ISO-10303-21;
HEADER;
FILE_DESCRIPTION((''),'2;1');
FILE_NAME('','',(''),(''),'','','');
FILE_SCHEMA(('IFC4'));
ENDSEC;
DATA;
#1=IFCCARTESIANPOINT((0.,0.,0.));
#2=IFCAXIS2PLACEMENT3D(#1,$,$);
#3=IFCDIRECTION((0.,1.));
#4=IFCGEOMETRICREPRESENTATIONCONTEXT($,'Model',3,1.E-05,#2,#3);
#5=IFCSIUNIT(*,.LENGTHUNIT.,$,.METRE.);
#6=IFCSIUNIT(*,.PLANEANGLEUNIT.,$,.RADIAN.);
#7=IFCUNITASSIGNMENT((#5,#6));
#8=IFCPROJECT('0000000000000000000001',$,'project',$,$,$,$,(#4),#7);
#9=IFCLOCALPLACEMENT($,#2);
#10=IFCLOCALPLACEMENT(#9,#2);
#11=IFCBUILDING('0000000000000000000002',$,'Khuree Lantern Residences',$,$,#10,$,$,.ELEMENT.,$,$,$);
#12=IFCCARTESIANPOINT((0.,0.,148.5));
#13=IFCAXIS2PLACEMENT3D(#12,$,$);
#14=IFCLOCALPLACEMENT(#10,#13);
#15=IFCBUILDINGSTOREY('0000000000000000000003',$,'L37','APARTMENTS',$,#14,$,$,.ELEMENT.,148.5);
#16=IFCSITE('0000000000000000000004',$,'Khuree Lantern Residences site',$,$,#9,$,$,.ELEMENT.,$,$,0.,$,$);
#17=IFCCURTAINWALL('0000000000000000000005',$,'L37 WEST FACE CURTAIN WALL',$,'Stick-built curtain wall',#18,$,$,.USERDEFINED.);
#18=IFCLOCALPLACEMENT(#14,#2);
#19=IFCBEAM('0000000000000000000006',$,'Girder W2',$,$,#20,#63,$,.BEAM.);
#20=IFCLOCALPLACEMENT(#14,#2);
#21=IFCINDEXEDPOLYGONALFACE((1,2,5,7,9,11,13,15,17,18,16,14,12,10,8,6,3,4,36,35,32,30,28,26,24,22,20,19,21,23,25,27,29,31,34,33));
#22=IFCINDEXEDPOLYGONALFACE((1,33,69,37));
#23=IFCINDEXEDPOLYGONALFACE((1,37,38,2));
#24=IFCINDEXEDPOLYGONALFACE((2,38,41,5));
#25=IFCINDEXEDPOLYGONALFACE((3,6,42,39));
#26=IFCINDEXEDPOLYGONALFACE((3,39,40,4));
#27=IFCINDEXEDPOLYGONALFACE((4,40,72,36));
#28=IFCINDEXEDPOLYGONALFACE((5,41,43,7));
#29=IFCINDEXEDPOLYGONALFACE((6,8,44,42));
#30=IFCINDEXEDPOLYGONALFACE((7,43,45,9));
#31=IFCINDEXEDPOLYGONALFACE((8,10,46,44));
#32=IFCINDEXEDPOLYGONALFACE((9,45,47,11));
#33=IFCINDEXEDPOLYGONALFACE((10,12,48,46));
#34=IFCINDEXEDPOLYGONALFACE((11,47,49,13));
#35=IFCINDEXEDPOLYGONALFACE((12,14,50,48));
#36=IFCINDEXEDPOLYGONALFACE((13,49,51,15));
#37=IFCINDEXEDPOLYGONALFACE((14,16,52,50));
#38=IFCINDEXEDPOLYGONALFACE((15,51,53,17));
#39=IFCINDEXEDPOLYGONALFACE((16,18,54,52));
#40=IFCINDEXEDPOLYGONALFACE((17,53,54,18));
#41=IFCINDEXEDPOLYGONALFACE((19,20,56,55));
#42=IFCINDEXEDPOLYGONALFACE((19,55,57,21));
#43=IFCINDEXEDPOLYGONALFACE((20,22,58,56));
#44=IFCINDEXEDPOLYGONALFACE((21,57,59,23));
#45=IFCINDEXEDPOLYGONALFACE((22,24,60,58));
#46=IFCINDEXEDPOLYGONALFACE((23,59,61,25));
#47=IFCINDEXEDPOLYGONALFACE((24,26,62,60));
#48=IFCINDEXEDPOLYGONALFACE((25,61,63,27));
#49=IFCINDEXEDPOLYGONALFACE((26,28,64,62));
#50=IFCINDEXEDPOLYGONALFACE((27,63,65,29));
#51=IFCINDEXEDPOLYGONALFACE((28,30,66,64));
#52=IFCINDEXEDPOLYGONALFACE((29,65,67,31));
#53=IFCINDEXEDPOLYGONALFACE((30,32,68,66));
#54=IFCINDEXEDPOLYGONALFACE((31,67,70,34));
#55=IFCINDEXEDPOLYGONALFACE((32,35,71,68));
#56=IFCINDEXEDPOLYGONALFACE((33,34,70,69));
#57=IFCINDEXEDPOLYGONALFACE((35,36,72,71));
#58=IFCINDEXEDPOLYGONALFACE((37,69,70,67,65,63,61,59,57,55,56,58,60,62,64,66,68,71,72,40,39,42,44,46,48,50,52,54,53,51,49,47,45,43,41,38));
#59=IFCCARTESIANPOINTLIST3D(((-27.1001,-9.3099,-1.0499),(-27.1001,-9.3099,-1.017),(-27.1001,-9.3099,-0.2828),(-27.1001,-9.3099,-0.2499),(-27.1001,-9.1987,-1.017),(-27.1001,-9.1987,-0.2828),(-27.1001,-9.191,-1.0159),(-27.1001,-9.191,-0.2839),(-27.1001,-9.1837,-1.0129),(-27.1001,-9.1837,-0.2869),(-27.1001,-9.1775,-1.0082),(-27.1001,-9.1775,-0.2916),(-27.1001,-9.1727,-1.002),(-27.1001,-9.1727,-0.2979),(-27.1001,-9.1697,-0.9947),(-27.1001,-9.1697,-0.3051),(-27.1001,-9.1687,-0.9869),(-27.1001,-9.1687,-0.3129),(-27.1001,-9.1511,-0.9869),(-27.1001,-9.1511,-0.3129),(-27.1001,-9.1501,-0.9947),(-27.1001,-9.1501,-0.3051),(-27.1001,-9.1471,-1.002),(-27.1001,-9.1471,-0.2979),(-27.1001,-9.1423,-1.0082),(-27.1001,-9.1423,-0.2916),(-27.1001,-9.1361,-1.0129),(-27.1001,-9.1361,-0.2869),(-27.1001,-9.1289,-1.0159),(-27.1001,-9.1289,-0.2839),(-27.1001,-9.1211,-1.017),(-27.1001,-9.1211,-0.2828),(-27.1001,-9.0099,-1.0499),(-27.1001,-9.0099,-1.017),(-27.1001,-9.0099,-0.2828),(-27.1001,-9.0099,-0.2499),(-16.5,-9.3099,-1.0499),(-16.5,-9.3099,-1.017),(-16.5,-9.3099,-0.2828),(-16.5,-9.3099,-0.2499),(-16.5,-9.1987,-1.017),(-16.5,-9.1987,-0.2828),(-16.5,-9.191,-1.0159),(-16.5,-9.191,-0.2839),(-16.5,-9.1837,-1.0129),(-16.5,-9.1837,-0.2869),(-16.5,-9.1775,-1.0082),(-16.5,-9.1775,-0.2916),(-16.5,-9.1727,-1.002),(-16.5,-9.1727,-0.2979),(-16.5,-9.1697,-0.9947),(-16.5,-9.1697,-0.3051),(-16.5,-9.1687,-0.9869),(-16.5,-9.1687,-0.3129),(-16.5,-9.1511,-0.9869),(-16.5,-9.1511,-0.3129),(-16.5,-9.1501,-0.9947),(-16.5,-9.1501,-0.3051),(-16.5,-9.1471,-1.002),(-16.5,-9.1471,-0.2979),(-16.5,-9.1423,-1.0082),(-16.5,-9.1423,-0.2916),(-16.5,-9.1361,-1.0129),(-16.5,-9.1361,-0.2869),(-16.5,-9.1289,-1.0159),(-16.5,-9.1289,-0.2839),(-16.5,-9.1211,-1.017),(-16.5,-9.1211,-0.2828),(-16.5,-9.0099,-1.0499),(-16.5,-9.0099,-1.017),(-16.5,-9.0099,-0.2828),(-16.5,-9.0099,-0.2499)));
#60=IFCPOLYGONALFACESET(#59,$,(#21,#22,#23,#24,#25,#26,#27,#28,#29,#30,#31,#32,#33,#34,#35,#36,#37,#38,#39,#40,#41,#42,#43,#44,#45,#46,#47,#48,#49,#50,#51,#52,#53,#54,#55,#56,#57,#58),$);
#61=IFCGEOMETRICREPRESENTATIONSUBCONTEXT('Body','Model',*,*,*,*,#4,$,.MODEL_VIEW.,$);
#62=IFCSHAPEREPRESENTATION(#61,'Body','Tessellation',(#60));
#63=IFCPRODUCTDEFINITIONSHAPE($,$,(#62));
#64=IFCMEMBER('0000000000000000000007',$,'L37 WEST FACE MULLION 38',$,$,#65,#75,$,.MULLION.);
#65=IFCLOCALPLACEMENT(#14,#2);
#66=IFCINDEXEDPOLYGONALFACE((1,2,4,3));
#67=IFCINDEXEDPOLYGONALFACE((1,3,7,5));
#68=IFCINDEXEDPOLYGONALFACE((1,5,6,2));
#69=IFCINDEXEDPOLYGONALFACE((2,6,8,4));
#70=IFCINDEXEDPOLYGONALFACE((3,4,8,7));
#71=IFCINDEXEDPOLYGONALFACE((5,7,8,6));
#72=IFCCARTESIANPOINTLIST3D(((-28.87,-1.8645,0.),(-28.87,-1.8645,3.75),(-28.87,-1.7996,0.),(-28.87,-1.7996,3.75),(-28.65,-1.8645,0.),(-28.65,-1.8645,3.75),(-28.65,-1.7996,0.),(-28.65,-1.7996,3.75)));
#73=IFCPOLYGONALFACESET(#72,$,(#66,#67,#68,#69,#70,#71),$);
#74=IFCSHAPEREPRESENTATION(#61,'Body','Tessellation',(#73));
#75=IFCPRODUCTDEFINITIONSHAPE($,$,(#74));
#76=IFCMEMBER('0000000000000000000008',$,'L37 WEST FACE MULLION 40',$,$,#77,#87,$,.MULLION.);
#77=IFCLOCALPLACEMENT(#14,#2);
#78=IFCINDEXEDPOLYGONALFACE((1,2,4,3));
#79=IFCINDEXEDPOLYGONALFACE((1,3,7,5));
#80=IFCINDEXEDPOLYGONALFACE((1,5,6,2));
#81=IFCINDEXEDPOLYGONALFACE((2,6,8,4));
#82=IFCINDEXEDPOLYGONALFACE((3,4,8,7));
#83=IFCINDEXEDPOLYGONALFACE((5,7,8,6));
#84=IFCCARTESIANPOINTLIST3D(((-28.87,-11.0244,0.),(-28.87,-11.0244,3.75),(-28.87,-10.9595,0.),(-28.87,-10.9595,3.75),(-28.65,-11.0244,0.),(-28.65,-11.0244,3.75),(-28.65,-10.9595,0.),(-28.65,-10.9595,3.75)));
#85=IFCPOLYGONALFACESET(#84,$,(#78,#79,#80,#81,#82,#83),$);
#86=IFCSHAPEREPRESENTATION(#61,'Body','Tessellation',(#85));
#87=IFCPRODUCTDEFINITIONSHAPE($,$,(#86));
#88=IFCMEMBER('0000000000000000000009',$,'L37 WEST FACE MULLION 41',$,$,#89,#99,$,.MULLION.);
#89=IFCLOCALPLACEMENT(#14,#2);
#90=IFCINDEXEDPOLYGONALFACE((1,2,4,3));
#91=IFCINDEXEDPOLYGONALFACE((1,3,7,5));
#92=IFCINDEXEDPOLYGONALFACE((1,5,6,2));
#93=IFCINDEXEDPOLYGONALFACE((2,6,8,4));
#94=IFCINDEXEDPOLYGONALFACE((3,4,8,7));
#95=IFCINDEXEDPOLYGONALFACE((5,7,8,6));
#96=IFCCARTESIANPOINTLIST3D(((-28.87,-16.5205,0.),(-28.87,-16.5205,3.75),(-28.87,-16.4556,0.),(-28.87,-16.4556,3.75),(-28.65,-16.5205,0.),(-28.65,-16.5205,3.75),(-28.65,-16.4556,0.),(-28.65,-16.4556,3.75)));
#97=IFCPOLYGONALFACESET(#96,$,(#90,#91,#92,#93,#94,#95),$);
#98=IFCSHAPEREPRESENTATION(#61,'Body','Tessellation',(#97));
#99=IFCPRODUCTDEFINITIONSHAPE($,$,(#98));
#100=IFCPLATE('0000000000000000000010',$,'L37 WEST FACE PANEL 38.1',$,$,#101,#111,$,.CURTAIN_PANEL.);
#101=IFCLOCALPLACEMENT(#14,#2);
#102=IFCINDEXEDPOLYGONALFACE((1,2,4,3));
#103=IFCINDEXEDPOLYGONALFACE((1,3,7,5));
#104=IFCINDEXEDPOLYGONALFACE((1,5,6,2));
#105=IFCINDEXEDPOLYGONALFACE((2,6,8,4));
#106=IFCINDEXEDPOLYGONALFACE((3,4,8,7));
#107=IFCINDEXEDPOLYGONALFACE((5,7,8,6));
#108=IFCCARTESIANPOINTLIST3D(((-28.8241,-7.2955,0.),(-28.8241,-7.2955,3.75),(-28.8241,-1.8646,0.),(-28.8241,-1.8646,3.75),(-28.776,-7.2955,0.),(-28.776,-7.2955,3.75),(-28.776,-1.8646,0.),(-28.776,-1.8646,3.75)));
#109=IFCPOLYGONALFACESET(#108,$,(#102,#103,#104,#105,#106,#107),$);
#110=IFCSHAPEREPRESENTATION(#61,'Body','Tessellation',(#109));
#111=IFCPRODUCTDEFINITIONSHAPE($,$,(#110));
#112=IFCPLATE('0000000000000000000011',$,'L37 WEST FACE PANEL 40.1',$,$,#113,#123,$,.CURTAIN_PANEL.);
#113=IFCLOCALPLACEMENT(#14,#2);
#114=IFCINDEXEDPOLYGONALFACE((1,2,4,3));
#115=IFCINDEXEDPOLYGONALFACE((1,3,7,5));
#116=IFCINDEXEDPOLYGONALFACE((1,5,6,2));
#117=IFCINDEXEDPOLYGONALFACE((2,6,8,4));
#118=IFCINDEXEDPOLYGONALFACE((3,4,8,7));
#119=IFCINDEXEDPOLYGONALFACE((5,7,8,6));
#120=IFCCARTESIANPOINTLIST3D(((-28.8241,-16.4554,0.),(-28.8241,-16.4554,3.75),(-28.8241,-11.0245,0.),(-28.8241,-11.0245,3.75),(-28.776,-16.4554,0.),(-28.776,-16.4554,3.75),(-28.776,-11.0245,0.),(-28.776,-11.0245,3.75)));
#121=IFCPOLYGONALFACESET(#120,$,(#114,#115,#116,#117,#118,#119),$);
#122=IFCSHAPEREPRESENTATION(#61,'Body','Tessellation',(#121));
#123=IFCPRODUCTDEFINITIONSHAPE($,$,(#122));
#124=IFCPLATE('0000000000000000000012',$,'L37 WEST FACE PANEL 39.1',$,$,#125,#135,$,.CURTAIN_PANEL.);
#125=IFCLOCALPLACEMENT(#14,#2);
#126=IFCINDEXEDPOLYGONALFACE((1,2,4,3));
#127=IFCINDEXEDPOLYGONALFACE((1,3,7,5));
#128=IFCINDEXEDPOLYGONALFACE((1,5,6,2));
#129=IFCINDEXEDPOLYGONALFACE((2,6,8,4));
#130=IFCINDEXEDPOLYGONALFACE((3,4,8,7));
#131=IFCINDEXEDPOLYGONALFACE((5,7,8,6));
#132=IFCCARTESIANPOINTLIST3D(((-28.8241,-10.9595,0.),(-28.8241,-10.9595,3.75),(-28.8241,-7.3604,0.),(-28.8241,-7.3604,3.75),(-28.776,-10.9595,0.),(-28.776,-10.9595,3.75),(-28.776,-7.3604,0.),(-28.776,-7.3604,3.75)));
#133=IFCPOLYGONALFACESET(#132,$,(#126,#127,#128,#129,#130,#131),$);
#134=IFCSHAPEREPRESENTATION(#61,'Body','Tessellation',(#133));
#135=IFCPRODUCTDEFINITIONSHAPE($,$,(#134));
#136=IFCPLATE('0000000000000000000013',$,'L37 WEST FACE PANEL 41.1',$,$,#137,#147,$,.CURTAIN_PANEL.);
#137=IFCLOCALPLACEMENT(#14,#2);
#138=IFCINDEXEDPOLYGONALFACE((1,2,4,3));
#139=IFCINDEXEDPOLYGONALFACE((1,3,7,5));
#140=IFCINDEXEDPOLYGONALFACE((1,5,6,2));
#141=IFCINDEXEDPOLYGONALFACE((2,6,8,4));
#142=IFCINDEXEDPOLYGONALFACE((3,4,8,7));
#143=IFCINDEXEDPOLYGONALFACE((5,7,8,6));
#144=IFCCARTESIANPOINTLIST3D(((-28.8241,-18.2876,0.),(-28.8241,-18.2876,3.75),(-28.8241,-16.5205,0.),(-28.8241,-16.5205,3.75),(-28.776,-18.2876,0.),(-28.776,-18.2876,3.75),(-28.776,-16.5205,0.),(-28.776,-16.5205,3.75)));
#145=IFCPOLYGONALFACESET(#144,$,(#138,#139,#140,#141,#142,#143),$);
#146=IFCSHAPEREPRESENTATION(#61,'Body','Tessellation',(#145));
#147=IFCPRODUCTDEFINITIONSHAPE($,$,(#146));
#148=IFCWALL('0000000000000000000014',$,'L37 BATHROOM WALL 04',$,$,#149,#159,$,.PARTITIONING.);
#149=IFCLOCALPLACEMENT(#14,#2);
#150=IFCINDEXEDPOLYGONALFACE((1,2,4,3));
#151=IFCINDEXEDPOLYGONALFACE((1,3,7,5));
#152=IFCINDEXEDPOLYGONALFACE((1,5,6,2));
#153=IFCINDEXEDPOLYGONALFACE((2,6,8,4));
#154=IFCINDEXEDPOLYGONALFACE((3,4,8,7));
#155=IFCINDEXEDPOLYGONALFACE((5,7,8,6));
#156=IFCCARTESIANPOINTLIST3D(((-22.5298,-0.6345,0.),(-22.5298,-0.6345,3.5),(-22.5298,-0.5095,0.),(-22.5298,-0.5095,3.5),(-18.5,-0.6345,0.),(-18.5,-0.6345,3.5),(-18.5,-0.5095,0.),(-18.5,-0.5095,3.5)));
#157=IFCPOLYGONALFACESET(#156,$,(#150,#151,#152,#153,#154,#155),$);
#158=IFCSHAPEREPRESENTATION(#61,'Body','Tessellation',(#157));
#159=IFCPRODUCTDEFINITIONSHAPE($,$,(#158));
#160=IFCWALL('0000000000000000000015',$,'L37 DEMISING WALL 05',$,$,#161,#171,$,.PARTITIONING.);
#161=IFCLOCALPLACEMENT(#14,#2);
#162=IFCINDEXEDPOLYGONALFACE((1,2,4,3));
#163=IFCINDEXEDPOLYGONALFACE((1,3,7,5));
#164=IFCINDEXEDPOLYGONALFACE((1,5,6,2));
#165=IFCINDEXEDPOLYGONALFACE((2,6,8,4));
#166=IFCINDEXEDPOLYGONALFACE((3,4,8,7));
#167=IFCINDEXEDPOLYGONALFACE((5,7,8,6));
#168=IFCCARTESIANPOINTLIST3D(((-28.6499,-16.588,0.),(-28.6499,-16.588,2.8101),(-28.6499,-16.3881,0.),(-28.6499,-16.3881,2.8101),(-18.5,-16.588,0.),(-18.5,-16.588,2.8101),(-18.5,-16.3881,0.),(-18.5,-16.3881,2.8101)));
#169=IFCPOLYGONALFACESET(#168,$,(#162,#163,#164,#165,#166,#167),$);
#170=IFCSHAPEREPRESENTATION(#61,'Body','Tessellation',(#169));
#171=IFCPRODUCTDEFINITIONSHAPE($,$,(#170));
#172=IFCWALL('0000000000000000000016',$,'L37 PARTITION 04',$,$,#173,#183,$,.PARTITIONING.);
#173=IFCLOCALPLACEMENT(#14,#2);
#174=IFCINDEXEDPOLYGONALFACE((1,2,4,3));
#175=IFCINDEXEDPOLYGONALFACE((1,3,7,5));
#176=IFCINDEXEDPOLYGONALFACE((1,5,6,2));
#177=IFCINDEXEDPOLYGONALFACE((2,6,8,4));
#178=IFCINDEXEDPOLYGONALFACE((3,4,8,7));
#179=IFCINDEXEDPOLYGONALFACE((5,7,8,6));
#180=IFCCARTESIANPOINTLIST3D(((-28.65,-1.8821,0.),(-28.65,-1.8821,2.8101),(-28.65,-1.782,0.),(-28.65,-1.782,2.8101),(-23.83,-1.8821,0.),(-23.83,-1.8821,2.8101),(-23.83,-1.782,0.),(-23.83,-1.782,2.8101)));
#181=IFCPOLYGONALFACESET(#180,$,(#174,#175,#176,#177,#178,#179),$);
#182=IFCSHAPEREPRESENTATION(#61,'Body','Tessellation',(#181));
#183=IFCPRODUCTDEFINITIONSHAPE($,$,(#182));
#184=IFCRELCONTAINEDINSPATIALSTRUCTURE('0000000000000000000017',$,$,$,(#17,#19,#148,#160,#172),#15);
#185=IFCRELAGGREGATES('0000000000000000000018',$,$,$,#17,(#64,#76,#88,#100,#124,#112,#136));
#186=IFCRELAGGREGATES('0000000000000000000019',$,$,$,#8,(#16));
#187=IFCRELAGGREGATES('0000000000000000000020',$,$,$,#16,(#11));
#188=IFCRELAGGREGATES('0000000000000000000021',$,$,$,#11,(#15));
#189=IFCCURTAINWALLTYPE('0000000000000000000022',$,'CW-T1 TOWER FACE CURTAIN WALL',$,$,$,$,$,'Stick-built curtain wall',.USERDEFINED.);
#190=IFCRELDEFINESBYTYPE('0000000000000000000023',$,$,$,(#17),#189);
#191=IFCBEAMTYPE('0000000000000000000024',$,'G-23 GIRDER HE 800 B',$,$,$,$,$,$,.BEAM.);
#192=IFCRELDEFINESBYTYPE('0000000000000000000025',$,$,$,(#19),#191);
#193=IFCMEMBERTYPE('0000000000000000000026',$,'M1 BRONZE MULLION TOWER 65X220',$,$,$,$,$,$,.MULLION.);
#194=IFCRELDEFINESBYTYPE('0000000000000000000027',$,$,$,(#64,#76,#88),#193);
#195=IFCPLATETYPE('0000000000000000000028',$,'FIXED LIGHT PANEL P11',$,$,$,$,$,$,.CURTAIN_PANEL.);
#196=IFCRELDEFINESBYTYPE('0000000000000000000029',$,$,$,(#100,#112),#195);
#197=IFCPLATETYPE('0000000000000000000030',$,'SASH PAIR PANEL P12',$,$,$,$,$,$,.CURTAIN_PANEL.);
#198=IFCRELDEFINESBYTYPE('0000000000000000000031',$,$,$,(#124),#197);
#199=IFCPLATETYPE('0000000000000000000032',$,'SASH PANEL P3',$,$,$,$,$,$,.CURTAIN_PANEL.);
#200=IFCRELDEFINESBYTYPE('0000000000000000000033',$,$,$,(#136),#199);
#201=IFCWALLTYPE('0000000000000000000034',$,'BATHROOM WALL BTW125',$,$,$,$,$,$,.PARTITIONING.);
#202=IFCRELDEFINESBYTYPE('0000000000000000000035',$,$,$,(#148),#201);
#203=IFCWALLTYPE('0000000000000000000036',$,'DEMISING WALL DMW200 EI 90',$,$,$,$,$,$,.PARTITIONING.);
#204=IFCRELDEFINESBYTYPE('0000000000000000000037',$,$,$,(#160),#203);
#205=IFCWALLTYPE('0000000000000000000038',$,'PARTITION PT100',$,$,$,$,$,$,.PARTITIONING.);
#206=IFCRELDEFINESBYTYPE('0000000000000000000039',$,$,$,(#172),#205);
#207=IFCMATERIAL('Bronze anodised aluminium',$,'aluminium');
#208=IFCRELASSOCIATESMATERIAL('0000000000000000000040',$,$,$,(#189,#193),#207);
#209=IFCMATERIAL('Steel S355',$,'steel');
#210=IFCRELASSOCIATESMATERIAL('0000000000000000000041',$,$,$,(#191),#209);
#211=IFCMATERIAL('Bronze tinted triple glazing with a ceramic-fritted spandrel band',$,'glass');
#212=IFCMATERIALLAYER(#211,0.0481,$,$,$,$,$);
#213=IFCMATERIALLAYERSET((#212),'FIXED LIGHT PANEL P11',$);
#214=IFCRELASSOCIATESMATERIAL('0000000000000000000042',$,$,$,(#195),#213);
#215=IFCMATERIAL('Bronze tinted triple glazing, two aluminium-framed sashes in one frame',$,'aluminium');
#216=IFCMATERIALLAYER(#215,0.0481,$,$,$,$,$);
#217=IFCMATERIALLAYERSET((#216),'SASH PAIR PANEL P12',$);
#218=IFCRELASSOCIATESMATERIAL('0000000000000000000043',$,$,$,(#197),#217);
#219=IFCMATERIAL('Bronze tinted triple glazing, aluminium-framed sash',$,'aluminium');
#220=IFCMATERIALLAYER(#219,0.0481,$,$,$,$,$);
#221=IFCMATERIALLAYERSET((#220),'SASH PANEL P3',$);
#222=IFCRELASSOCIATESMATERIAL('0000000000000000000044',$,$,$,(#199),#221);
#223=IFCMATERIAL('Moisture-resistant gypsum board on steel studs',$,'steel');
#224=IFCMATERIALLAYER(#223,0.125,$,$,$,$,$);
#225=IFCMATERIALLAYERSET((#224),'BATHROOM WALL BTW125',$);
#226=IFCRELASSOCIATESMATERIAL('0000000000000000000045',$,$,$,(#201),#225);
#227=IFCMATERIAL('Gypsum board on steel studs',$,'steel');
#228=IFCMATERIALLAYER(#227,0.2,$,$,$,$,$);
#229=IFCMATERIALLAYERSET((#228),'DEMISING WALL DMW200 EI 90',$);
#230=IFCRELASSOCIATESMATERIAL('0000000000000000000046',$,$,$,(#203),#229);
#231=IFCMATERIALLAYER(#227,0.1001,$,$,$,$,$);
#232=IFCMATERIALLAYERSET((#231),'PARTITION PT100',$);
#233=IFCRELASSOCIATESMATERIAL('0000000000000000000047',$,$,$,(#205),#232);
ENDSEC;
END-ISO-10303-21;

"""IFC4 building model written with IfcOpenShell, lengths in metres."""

from ifc_helpers import new_model, si_unit, direction, frame, frame_2d, origin, origin_2d, place, context, subcontext, project, spatial, rectangle, i_section, extrude, material, layer, layer_set, material_profile, profile_set, type_object, element, aggregate, save


model = new_model("IFC4")

# Units and contexts
model_context = context("Model", 3, precision=1e-05, world=origin(), true_north=direction((0.0, 1.0)))
body_context = subcontext(model_context, "Body", "Model", "MODEL_VIEW")
ifc_project = project(units=[si_unit("LENGTHUNIT", "METRE"), si_unit("PLANEANGLEUNIT", "RADIAN")], contexts=[model_context])

# Site, building, storey
site_placement = place(None, origin())
site = spatial("IfcSite", under=ifc_project, at=site_placement, Name="Khuree Lantern Residences site", CompositionType="ELEMENT", RefElevation=0.0)
building_placement = place(site_placement, origin())
building = spatial("IfcBuilding", under=site, at=building_placement, Name="Khuree Lantern Residences", CompositionType="ELEMENT")
storey_placement = place(building_placement, frame((0.0, 0.0, 148.5)))
storey = spatial("IfcBuildingStorey", under=building, at=storey_placement, Name="L37", Description="APARTMENTS", CompositionType="ELEMENT", Elevation=148.5)

# Shared definitions
ifc_material_1 = material(Name="Steel S355", Category="steel")

# Curtain wall
ifc_material_2 = material(Name="Bronze anodised aluminium", Category="aluminium")
curtain_wall_type = type_object("IfcCurtainWallType", Name="CW-T1 TOWER FACE CURTAIN WALL", ElementType="Stick-built curtain wall", PredefinedType="USERDEFINED", material=ifc_material_2)
curtain_wall_placement = place(storey_placement, origin())
curtain_wall = element("IfcCurtainWall", 1, at=curtain_wall_placement, inside=storey, type_object=curtain_wall_type, Name="L37 WEST FACE CURTAIN WALL", ObjectType="Stick-built curtain wall", PredefinedType="USERDEFINED")

# Beam
ifc_material_profile_1 = material_profile(ifc_material_1, i_section(OverallWidth=0.3, OverallDepth=0.8, WebThickness=0.0176, FlangeThickness=0.033, FilletRadius=0.03, at=origin_2d()), Name="HE 800 B")
ifc_profile_set_1 = profile_set([ifc_material_profile_1], Name="Steel S355")
beam_type_1 = type_object("IfcBeamType", Name="G-23 GIRDER HE 800 B", PredefinedType="BEAM", material=ifc_profile_set_1)
beam_1_placement = place(storey_placement, frame((-27.1001, -9.1599, -0.6499), z_axis=(1.0, 0.0, 0.0), x_axis=(0.0, 1.0, 0.0)))
element("IfcBeam", 2, at=beam_1_placement, inside=storey, type_object=beam_type_1, Name="Girder W2", PredefinedType="BEAM", context=body_context, shape_type="SweptSolid", body=[
    extrude(i_section(OverallWidth=0.3, OverallDepth=0.8, WebThickness=0.0176, FlangeThickness=0.033, FilletRadius=0.03, at=origin_2d()), origin(), (0.0, 0.0, 1.0), 10.6001),
])

# Members
ifc_material_profile_2 = material_profile(ifc_material_2, rectangle(XDim=0.0649, YDim=0.22, at=origin_2d()), Name="M1 65X220")
ifc_profile_set_2 = profile_set([ifc_material_profile_2], Name="Bronze anodised aluminium")
member_type_1 = type_object("IfcMemberType", Name="M1 BRONZE MULLION TOWER 65X220", PredefinedType="MULLION", material=ifc_profile_set_2)
member_1_placement = place(storey_placement, frame((-28.76, -1.832, 0.0), z_axis=(0.0, 0.0, 1.0), x_axis=(0.0, -1.0, 0.0)))
member_1 = element("IfcMember", 3, at=member_1_placement, type_object=member_type_1, Name="L37 WEST FACE MULLION 38", PredefinedType="MULLION", context=body_context, shape_type="SweptSolid", body=[
    extrude(rectangle(XDim=0.0649, YDim=0.22, at=origin_2d()), origin(), (0.0, 0.0, 1.0), 3.75),
])
member_2_placement = place(storey_placement, frame((-28.76, -10.9919, 0.0), z_axis=(0.0, 0.0, 1.0), x_axis=(0.0, -1.0, 0.0)))
member_2 = element("IfcMember", 4, at=member_2_placement, type_object=member_type_1, Name="L37 WEST FACE MULLION 40", PredefinedType="MULLION", context=body_context, shape_type="SweptSolid", body=[
    extrude(rectangle(XDim=0.0649, YDim=0.22, at=origin_2d()), origin(), (0.0, 0.0, 1.0), 3.75),
])
member_3_placement = place(storey_placement, frame((-28.76, -16.488, 0.0), z_axis=(0.0, 0.0, 1.0), x_axis=(0.0, -1.0, 0.0)))
member_3 = element("IfcMember", 5, at=member_3_placement, type_object=member_type_1, Name="L37 WEST FACE MULLION 41", PredefinedType="MULLION", context=body_context, shape_type="SweptSolid", body=[
    extrude(rectangle(XDim=0.0649, YDim=0.22, at=origin_2d()), origin(), (0.0, 0.0, 1.0), 3.75),
])

# Plates
ifc_material_3 = material(Name="Bronze tinted triple glazing with a ceramic-fritted spandrel band", Category="glass")
ifc_layer_1 = layer(ifc_material_3, 0.0481)
ifc_layer_set_1 = layer_set([ifc_layer_1], Name="FIXED LIGHT PANEL P11")
plate_type_1 = type_object("IfcPlateType", Name="FIXED LIGHT PANEL P11", PredefinedType="CURTAIN_PANEL", material=ifc_layer_set_1)
plate_1_placement = place(storey_placement, frame((-28.8, -4.5801, 0.0), z_axis=(0.0, 0.0, 1.0), x_axis=(0.0, -1.0, 0.0)))
plate_1 = element("IfcPlate", 6, at=plate_1_placement, type_object=plate_type_1, Name="L37 WEST FACE PANEL 38.1", PredefinedType="CURTAIN_PANEL", context=body_context, shape_type="SweptSolid", body=[
    extrude(rectangle(XDim=5.4309, YDim=0.0481, at=origin_2d()), origin(), (0.0, 0.0, 1.0), 3.75),
])
plate_2_placement = place(storey_placement, frame((-28.8, -13.74, 0.0), z_axis=(0.0, 0.0, 1.0), x_axis=(0.0, -1.0, 0.0)))
plate_2 = element("IfcPlate", 7, at=plate_2_placement, type_object=plate_type_1, Name="L37 WEST FACE PANEL 40.1", PredefinedType="CURTAIN_PANEL", context=body_context, shape_type="SweptSolid", body=[
    extrude(rectangle(XDim=5.4309, YDim=0.0481, at=origin_2d()), origin(), (0.0, 0.0, 1.0), 3.75),
])
ifc_material_4 = material(Name="Bronze tinted triple glazing, two aluminium-framed sashes in one frame", Category="aluminium")
ifc_layer_2 = layer(ifc_material_4, 0.0481)
ifc_layer_set_2 = layer_set([ifc_layer_2], Name="SASH PAIR PANEL P12")
plate_type_2 = type_object("IfcPlateType", Name="SASH PAIR PANEL P12", PredefinedType="CURTAIN_PANEL", material=ifc_layer_set_2)
plate_3_placement = place(storey_placement, frame((-28.8, -9.1599, 0.0), z_axis=(0.0, 0.0, 1.0), x_axis=(0.0, -1.0, 0.0)))
plate_3 = element("IfcPlate", 8, at=plate_3_placement, type_object=plate_type_2, Name="L37 WEST FACE PANEL 39.1", PredefinedType="CURTAIN_PANEL", context=body_context, shape_type="SweptSolid", body=[
    extrude(rectangle(XDim=3.5991, YDim=0.0481, at=origin_2d()), origin(), (0.0, 0.0, 1.0), 3.75),
])
ifc_material_5 = material(Name="Bronze tinted triple glazing, aluminium-framed sash", Category="aluminium")
ifc_layer_3 = layer(ifc_material_5, 0.0481)
ifc_layer_set_3 = layer_set([ifc_layer_3], Name="SASH PANEL P3")
plate_type_3 = type_object("IfcPlateType", Name="SASH PANEL P3", PredefinedType="CURTAIN_PANEL", material=ifc_layer_set_3)
plate_4_placement = place(storey_placement, frame((-28.8, -17.4041, 0.0), z_axis=(0.0, 0.0, 1.0), x_axis=(0.0, -1.0, 0.0)))
plate_4 = element("IfcPlate", 9, at=plate_4_placement, type_object=plate_type_3, Name="L37 WEST FACE PANEL 41.1", PredefinedType="CURTAIN_PANEL", context=body_context, shape_type="SweptSolid", body=[
    extrude(rectangle(XDim=1.7671, YDim=0.0481, at=origin_2d()), origin(), (0.0, 0.0, 1.0), 3.75),
])
aggregate(curtain_wall, [member_1, member_2, member_3, plate_1, plate_3, plate_2, plate_4])

# Walls
ifc_material_6 = material(Name="Moisture-resistant gypsum board on steel studs", Category="steel")
ifc_layer_4 = layer(ifc_material_6, 0.125)
ifc_layer_set_4 = layer_set([ifc_layer_4], Name="BATHROOM WALL BTW125")
wall_type_1 = type_object("IfcWallType", Name="BATHROOM WALL BTW125", PredefinedType="PARTITIONING", material=ifc_layer_set_4)
wall_1_placement = place(storey_placement, frame((-18.5, -0.572, 0.0), z_axis=(0.0, 0.0, 1.0), x_axis=(-1.0, 0.0, 0.0)))
element("IfcWall", 10, at=wall_1_placement, inside=storey, type_object=wall_type_1, Name="L37 BATHROOM WALL 04", PredefinedType="PARTITIONING", context=body_context, shape_type="SweptSolid", body=[
    extrude(rectangle(XDim=4.0298, YDim=0.125, at=frame_2d((2.0149, 0.0))), origin(), (0.0, 0.0, 1.0), 3.5),
])
ifc_material_7 = material(Name="Gypsum board on steel studs", Category="steel")
ifc_layer_5 = layer(ifc_material_7, 0.2)
ifc_layer_set_5 = layer_set([ifc_layer_5], Name="DEMISING WALL DMW200 EI 90")
wall_type_2 = type_object("IfcWallType", Name="DEMISING WALL DMW200 EI 90", PredefinedType="PARTITIONING", material=ifc_layer_set_5)
wall_2_placement = place(storey_placement, frame((-18.5, -16.488, 0.0), z_axis=(0.0, 0.0, 1.0), x_axis=(-1.0, 0.0, 0.0)))
element("IfcWall", 11, at=wall_2_placement, inside=storey, type_object=wall_type_2, Name="L37 DEMISING WALL 05", PredefinedType="PARTITIONING", context=body_context, shape_type="SweptSolid", body=[
    extrude(rectangle(XDim=10.1499, YDim=0.2, at=frame_2d((5.075, 0.0))), origin(), (0.0, 0.0, 1.0), 2.8101),
])
ifc_layer_6 = layer(ifc_material_7, 0.1001)
ifc_layer_set_6 = layer_set([ifc_layer_6], Name="PARTITION PT100")
wall_type_3 = type_object("IfcWallType", Name="PARTITION PT100", PredefinedType="PARTITIONING", material=ifc_layer_set_6)
for number, where, z_axis, x_axis, name in (
    (12, (-23.8298, -1.832, 0.0), (0.0, 0.0, 1.0), (-1.0, 0.0, 0.0), "L37 PARTITION 04"),
):
    element("IfcWall", number, at=place(storey_placement, frame(where, z_axis=z_axis, x_axis=x_axis)), inside=storey, type_object=wall_type_3, Name=name, PredefinedType="PARTITIONING", context=body_context, shape_type="SweptSolid", body=[
        extrude(rectangle(XDim=4.8201, YDim=0.1001, at=frame_2d((2.4102, 0.0))), origin(), (0.0, 0.0, 1.0), 2.8101),
    ])

save(model, "model.ifc")
